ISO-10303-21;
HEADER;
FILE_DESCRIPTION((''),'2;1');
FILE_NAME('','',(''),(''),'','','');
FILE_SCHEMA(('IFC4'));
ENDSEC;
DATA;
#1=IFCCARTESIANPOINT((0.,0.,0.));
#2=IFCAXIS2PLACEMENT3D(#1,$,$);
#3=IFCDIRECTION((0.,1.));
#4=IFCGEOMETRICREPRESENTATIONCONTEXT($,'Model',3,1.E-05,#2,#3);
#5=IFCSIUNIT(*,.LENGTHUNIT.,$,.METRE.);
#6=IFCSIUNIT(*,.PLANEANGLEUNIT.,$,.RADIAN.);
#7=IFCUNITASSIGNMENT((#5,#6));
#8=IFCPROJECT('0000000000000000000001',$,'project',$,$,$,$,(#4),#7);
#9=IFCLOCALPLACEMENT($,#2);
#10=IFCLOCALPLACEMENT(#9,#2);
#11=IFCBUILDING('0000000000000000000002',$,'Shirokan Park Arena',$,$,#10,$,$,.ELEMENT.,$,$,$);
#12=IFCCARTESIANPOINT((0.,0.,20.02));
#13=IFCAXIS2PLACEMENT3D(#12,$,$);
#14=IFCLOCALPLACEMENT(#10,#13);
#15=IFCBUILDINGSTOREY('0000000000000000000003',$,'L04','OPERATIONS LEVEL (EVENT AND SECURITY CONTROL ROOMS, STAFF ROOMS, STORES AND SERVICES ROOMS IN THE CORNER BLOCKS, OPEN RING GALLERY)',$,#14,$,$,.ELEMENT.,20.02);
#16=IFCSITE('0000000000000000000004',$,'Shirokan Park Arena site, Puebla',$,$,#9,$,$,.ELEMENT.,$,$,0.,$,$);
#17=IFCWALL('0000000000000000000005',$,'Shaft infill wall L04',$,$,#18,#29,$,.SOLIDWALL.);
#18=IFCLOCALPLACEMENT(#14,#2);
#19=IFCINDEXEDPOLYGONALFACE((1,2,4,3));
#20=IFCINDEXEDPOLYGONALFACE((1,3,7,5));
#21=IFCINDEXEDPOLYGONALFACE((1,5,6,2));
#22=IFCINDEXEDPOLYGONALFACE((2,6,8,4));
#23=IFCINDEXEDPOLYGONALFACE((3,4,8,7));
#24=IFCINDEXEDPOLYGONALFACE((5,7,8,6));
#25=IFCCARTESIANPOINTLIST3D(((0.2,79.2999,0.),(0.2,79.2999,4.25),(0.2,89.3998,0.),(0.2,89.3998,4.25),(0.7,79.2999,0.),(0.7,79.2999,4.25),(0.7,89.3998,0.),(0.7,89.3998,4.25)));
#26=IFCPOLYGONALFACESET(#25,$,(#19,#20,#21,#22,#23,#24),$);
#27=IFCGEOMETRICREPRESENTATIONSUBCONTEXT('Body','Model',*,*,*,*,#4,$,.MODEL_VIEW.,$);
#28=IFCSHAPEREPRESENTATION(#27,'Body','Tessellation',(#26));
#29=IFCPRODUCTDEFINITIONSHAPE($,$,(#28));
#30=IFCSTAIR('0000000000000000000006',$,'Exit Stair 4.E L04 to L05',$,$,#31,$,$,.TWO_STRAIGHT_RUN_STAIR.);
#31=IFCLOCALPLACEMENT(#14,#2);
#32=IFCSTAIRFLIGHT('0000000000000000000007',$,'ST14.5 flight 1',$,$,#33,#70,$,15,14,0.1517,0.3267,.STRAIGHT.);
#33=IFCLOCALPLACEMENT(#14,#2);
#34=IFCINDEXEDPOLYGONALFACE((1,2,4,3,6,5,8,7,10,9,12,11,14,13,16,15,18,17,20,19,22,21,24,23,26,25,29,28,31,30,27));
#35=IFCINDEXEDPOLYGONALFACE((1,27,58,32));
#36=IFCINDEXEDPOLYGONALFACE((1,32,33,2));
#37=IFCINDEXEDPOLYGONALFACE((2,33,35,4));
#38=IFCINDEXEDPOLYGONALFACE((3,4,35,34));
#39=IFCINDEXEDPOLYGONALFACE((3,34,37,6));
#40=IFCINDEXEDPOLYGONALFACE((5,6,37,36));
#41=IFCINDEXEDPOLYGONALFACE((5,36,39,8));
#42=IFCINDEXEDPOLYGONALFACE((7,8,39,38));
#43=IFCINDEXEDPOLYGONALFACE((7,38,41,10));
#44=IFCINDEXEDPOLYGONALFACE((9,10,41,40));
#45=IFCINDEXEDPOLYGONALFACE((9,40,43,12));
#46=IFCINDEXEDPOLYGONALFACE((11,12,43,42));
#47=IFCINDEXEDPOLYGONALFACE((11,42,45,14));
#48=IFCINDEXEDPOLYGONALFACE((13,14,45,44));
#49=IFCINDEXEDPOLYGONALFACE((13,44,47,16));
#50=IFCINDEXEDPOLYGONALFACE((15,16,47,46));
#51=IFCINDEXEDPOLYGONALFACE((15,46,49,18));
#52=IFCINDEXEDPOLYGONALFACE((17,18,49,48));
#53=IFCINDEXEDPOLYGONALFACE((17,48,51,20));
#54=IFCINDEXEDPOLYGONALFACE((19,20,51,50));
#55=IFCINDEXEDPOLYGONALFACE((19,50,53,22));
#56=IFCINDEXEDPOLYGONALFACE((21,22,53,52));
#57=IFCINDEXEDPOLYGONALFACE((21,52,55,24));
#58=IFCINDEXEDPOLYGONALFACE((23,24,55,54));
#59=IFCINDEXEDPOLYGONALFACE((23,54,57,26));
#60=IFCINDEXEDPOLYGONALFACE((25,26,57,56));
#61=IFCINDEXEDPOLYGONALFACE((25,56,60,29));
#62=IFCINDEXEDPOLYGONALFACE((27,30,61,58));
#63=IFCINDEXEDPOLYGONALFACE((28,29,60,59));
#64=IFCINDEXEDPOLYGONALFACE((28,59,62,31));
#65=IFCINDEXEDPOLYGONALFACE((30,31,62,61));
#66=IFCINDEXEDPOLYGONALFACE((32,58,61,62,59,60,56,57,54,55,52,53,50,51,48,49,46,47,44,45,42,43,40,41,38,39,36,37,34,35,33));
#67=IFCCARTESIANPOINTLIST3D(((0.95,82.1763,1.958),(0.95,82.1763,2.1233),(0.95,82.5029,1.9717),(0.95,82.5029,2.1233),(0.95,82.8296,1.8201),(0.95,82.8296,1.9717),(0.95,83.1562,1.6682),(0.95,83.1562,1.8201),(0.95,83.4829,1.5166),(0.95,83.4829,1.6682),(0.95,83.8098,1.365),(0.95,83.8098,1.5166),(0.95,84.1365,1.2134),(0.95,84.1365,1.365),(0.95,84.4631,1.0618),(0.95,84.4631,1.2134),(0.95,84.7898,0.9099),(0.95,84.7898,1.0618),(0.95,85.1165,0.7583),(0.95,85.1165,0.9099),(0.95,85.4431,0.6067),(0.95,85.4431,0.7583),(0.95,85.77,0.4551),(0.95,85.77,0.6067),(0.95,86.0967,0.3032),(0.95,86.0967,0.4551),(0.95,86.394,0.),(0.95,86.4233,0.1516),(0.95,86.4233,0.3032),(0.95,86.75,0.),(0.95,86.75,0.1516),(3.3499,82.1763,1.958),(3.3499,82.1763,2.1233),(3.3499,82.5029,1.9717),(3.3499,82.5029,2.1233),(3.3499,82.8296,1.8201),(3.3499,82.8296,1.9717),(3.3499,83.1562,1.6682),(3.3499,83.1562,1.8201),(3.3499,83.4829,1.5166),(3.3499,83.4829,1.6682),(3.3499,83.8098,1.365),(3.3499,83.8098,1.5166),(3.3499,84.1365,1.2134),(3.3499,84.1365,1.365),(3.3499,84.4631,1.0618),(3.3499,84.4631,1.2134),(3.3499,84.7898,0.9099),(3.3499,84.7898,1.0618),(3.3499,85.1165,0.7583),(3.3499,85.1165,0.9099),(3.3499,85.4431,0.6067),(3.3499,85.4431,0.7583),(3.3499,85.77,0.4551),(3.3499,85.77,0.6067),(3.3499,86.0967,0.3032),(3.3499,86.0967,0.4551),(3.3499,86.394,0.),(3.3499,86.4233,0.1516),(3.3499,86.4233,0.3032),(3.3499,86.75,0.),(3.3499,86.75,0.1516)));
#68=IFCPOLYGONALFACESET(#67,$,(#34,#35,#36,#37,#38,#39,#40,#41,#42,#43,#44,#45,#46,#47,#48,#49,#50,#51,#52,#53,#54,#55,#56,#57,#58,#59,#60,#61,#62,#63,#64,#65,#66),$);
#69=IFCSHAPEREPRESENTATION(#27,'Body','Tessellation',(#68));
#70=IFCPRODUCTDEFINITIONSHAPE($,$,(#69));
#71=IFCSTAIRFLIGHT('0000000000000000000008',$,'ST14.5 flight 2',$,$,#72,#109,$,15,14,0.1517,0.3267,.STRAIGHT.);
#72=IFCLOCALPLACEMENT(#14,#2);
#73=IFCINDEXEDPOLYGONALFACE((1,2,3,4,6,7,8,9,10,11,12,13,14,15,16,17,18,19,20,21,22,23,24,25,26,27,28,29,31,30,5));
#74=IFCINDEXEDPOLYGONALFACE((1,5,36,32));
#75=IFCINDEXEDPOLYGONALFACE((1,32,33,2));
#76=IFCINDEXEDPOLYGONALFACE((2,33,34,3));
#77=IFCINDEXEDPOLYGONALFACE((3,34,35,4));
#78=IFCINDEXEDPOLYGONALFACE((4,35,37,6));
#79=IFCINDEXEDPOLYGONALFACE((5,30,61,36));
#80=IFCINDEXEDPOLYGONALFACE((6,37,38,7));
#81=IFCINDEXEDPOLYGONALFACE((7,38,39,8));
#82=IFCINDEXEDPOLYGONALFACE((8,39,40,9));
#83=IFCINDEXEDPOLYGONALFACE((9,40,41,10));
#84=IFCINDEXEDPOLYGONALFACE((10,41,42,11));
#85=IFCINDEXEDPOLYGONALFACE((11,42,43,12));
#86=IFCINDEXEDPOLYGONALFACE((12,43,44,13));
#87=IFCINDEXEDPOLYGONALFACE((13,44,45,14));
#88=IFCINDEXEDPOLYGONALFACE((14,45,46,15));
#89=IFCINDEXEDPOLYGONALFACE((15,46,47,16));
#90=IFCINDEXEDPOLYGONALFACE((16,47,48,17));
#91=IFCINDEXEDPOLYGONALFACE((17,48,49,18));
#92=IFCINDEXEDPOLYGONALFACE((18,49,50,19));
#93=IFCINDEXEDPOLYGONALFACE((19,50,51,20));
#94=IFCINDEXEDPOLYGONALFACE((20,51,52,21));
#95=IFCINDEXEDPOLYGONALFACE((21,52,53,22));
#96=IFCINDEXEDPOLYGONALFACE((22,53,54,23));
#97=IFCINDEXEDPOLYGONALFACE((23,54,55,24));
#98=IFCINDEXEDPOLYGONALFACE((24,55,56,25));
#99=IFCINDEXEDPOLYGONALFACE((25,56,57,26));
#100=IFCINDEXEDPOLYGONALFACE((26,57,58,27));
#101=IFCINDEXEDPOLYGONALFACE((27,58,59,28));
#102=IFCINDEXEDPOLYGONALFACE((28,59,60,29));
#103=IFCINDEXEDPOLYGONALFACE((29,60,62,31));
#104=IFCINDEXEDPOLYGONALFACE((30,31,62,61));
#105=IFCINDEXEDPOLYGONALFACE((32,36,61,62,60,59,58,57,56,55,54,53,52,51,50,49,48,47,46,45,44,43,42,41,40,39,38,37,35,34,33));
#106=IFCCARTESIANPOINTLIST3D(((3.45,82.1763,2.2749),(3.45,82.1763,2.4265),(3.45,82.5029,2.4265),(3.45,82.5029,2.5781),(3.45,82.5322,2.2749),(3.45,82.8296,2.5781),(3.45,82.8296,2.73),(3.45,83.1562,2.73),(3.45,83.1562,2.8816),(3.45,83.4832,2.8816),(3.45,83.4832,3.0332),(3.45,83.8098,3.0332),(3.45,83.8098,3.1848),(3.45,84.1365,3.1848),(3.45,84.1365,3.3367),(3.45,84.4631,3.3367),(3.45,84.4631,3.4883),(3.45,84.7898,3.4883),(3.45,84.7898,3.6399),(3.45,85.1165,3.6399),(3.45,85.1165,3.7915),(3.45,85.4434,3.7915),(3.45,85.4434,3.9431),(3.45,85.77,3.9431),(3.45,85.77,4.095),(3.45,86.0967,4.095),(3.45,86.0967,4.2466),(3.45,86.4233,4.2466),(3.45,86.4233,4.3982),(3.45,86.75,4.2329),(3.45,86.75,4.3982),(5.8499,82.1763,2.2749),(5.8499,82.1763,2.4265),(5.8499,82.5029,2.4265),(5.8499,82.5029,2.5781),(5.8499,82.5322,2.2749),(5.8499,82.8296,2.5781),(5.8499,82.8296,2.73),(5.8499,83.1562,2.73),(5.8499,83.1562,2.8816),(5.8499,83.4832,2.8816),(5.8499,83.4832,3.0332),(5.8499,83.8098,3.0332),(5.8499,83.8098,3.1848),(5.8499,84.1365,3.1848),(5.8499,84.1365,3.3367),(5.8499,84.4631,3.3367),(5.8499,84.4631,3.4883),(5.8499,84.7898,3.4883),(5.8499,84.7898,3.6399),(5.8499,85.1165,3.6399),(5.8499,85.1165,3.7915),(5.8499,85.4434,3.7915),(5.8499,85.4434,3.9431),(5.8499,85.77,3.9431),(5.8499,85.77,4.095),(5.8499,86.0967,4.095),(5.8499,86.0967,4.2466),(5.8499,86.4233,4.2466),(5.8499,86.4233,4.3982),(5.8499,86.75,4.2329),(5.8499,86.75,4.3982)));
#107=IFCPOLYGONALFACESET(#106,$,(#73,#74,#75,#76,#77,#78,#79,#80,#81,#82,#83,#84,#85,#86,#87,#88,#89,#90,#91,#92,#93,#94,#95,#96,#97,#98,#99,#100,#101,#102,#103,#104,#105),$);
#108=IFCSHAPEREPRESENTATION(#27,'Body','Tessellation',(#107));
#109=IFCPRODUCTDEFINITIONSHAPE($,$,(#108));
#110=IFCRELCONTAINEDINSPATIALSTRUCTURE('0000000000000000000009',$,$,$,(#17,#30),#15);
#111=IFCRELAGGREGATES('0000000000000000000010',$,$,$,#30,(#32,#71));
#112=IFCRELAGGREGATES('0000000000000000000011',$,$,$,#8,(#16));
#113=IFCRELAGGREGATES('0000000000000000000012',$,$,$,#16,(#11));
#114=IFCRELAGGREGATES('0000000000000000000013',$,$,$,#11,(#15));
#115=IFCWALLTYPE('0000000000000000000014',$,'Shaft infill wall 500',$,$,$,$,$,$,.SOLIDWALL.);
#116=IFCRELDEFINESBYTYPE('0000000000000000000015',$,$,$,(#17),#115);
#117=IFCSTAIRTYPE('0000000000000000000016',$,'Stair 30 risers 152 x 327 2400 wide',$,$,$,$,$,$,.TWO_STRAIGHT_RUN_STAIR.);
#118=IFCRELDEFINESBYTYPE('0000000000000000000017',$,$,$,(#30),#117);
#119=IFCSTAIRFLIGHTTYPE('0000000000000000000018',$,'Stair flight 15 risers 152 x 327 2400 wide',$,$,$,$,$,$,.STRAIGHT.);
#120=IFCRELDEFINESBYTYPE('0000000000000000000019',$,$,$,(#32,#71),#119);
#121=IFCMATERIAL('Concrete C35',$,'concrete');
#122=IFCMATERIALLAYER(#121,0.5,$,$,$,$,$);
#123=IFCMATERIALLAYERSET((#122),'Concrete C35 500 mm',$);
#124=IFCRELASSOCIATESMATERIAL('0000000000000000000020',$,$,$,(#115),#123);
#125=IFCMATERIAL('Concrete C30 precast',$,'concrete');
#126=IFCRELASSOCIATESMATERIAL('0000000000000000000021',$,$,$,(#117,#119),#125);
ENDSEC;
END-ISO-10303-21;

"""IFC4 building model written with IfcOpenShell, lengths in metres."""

from ifc_helpers import new_model, si_unit, direction, frame, frame_2d, origin, place, context, subcontext, project, spatial, polyline, rectangle, outline, extrude, material, layer, layer_set, type_object, element, aggregate, save


model = new_model("IFC4")

# Units and contexts
model_context = context("Model", 3, precision=1e-05, world=origin(), true_north=direction((0.0, 1.0)))
body_context = subcontext(model_context, "Body", "Model", "MODEL_VIEW")
ifc_project = project(units=[si_unit("LENGTHUNIT", "METRE"), si_unit("PLANEANGLEUNIT", "RADIAN")], contexts=[model_context])

# Site, building, storey
site_placement = place(None, origin())
site = spatial("IfcSite", under=ifc_project, at=site_placement, Name="Shirokan Park Arena site, Puebla", CompositionType="ELEMENT", RefElevation=0.0)
building_placement = place(site_placement, origin())
building = spatial("IfcBuilding", under=site, at=building_placement, Name="Shirokan Park Arena", CompositionType="ELEMENT")
storey_placement = place(building_placement, frame((0.0, 0.0, 20.02)))
storey = spatial("IfcBuildingStorey", under=building, at=storey_placement, Name="L04", Description="OPERATIONS LEVEL (EVENT AND SECURITY CONTROL ROOMS, STAFF ROOMS, STORES AND SERVICES ROOMS IN THE CORNER BLOCKS, OPEN RING GALLERY)", CompositionType="ELEMENT", Elevation=20.02)

# Shared definitions
ifc_material_1 = material(Name="Concrete C35", Category="concrete")

# Wall
ifc_layer_1 = layer(ifc_material_1, 0.5)
ifc_layer_set_1 = layer_set([ifc_layer_1], Name="Concrete C35 500 mm")
wall_type_1 = type_object("IfcWallType", Name="Shaft infill wall 500", PredefinedType="SOLIDWALL", material=ifc_layer_set_1)
wall_1_placement = place(storey_placement, frame((0.45, 79.3, 0.0), z_axis=(0.0, 0.0, 1.0), x_axis=(0.0, 1.0, 0.0)))
element("IfcWall", 1, at=wall_1_placement, inside=storey, type_object=wall_type_1, Name="Shaft infill wall L04", PredefinedType="SOLIDWALL", context=body_context, shape_type="SweptSolid", body=[
    extrude(rectangle(XDim=10.0999, YDim=0.5, at=frame_2d((5.0498, 0.0))), origin(), (0.0, 0.0, 1.0), 4.25),
])

# Stair, stair flights
ifc_material_2 = material(Name="Concrete C30 precast", Category="concrete")
stair_type = type_object("IfcStairType", Name="Stair 30 risers 152 x 327 2400 wide", PredefinedType="TWO_STRAIGHT_RUN_STAIR", material=ifc_material_2)
stair_placement = place(storey_placement, origin())
stair = element("IfcStair", 2, at=stair_placement, inside=storey, type_object=stair_type, Name="Exit Stair 4.E L04 to L05", PredefinedType="TWO_STRAIGHT_RUN_STAIR")
stair_flight_type = type_object("IfcStairFlightType", Name="Stair flight 15 risers 152 x 327 2400 wide", PredefinedType="STRAIGHT", material=ifc_material_2)
stair_flight_1_placement = place(storey_placement, frame((2.1499, 86.75, 0.0), z_axis=(0.0, 0.0, 1.0), x_axis=(0.0, -1.0, 0.0)))
stair_flight_1 = element("IfcStairFlight", 3, at=stair_flight_1_placement, type_object=stair_flight_type, Name="ST14.5 flight 1", NumberOfRisers=15, NumberOfTreads=14, PredefinedType="STRAIGHT", RiserHeight=0.1517, TreadLength=0.3267, context=body_context, shape_type="SweptSolid", body=[
    extrude(outline(polyline([(0.0, 0.0), (0.0, 0.1516), (0.3267, 0.1516), (0.3267, 0.3032), (0.6533, 0.3032), (0.6533, 0.4551), (0.98, 0.4551), (0.98, 0.6067), (1.3069, 0.6067), (1.3069, 0.7583), (1.6335, 0.7583), (1.6335, 0.9099), (1.9602, 0.9099), (1.9602, 1.0618), (2.2869, 1.0618), (2.2869, 1.2134), (2.6135, 1.2134), (2.6135, 1.365), (2.9402, 1.365), (2.9402, 1.5166), (3.2671, 1.5166), (3.2671, 1.6682), (3.5938, 1.6682), (3.5938, 1.8201), (3.9204, 1.8201), (3.9204, 1.9717), (4.2471, 1.9717), (4.2471, 2.1233), (4.5737, 2.1233), (4.5737, 2.2749), (4.5737, 1.958), (0.356, 0.0), (0.0, 0.0)])), frame((0.0, 1.2, 0.0), z_axis=(0.0, -1.0, 0.0), x_axis=(1.0, 0.0, 0.0)), (0.0, 0.0, 1.0), 2.3999),
])
stair_flight_2_placement = place(storey_placement, frame((4.6499, 82.1763, 2.2749), z_axis=(0.0, 0.0, 1.0), x_axis=(0.0, 1.0, 0.0)))
stair_flight_2 = element("IfcStairFlight", 4, at=stair_flight_2_placement, type_object=stair_flight_type, Name="ST14.5 flight 2", NumberOfRisers=15, NumberOfTreads=14, PredefinedType="STRAIGHT", RiserHeight=0.1517, TreadLength=0.3267, context=body_context, shape_type="SweptSolid", body=[
    extrude(outline(polyline([(0.0, 0.0), (0.0, 0.1516), (0.3267, 0.1516), (0.3267, 0.3032), (0.6533, 0.3032), (0.6533, 0.4551), (0.98, 0.4551), (0.98, 0.6067), (1.3069, 0.6067), (1.3069, 0.7583), (1.6335, 0.7583), (1.6335, 0.9099), (1.9602, 0.9099), (1.9602, 1.0618), (2.2869, 1.0618), (2.2869, 1.2134), (2.6135, 1.2134), (2.6135, 1.365), (2.9402, 1.365), (2.9402, 1.5166), (3.2671, 1.5166), (3.2671, 1.6682), (3.5938, 1.6682), (3.5938, 1.8201), (3.9204, 1.8201), (3.9204, 1.9717), (4.2471, 1.9717), (4.2471, 2.1233), (4.5737, 2.1233), (4.5737, 2.2749), (4.5737, 1.958), (0.356, 0.0), (0.0, 0.0)])), frame((0.0, 1.2, 0.0), z_axis=(0.0, -1.0, 0.0), x_axis=(1.0, 0.0, 0.0)), (0.0, 0.0, 1.0), 2.3999),
])
aggregate(stair, [stair_flight_1, stair_flight_2])

save(model, "model.ifc")
